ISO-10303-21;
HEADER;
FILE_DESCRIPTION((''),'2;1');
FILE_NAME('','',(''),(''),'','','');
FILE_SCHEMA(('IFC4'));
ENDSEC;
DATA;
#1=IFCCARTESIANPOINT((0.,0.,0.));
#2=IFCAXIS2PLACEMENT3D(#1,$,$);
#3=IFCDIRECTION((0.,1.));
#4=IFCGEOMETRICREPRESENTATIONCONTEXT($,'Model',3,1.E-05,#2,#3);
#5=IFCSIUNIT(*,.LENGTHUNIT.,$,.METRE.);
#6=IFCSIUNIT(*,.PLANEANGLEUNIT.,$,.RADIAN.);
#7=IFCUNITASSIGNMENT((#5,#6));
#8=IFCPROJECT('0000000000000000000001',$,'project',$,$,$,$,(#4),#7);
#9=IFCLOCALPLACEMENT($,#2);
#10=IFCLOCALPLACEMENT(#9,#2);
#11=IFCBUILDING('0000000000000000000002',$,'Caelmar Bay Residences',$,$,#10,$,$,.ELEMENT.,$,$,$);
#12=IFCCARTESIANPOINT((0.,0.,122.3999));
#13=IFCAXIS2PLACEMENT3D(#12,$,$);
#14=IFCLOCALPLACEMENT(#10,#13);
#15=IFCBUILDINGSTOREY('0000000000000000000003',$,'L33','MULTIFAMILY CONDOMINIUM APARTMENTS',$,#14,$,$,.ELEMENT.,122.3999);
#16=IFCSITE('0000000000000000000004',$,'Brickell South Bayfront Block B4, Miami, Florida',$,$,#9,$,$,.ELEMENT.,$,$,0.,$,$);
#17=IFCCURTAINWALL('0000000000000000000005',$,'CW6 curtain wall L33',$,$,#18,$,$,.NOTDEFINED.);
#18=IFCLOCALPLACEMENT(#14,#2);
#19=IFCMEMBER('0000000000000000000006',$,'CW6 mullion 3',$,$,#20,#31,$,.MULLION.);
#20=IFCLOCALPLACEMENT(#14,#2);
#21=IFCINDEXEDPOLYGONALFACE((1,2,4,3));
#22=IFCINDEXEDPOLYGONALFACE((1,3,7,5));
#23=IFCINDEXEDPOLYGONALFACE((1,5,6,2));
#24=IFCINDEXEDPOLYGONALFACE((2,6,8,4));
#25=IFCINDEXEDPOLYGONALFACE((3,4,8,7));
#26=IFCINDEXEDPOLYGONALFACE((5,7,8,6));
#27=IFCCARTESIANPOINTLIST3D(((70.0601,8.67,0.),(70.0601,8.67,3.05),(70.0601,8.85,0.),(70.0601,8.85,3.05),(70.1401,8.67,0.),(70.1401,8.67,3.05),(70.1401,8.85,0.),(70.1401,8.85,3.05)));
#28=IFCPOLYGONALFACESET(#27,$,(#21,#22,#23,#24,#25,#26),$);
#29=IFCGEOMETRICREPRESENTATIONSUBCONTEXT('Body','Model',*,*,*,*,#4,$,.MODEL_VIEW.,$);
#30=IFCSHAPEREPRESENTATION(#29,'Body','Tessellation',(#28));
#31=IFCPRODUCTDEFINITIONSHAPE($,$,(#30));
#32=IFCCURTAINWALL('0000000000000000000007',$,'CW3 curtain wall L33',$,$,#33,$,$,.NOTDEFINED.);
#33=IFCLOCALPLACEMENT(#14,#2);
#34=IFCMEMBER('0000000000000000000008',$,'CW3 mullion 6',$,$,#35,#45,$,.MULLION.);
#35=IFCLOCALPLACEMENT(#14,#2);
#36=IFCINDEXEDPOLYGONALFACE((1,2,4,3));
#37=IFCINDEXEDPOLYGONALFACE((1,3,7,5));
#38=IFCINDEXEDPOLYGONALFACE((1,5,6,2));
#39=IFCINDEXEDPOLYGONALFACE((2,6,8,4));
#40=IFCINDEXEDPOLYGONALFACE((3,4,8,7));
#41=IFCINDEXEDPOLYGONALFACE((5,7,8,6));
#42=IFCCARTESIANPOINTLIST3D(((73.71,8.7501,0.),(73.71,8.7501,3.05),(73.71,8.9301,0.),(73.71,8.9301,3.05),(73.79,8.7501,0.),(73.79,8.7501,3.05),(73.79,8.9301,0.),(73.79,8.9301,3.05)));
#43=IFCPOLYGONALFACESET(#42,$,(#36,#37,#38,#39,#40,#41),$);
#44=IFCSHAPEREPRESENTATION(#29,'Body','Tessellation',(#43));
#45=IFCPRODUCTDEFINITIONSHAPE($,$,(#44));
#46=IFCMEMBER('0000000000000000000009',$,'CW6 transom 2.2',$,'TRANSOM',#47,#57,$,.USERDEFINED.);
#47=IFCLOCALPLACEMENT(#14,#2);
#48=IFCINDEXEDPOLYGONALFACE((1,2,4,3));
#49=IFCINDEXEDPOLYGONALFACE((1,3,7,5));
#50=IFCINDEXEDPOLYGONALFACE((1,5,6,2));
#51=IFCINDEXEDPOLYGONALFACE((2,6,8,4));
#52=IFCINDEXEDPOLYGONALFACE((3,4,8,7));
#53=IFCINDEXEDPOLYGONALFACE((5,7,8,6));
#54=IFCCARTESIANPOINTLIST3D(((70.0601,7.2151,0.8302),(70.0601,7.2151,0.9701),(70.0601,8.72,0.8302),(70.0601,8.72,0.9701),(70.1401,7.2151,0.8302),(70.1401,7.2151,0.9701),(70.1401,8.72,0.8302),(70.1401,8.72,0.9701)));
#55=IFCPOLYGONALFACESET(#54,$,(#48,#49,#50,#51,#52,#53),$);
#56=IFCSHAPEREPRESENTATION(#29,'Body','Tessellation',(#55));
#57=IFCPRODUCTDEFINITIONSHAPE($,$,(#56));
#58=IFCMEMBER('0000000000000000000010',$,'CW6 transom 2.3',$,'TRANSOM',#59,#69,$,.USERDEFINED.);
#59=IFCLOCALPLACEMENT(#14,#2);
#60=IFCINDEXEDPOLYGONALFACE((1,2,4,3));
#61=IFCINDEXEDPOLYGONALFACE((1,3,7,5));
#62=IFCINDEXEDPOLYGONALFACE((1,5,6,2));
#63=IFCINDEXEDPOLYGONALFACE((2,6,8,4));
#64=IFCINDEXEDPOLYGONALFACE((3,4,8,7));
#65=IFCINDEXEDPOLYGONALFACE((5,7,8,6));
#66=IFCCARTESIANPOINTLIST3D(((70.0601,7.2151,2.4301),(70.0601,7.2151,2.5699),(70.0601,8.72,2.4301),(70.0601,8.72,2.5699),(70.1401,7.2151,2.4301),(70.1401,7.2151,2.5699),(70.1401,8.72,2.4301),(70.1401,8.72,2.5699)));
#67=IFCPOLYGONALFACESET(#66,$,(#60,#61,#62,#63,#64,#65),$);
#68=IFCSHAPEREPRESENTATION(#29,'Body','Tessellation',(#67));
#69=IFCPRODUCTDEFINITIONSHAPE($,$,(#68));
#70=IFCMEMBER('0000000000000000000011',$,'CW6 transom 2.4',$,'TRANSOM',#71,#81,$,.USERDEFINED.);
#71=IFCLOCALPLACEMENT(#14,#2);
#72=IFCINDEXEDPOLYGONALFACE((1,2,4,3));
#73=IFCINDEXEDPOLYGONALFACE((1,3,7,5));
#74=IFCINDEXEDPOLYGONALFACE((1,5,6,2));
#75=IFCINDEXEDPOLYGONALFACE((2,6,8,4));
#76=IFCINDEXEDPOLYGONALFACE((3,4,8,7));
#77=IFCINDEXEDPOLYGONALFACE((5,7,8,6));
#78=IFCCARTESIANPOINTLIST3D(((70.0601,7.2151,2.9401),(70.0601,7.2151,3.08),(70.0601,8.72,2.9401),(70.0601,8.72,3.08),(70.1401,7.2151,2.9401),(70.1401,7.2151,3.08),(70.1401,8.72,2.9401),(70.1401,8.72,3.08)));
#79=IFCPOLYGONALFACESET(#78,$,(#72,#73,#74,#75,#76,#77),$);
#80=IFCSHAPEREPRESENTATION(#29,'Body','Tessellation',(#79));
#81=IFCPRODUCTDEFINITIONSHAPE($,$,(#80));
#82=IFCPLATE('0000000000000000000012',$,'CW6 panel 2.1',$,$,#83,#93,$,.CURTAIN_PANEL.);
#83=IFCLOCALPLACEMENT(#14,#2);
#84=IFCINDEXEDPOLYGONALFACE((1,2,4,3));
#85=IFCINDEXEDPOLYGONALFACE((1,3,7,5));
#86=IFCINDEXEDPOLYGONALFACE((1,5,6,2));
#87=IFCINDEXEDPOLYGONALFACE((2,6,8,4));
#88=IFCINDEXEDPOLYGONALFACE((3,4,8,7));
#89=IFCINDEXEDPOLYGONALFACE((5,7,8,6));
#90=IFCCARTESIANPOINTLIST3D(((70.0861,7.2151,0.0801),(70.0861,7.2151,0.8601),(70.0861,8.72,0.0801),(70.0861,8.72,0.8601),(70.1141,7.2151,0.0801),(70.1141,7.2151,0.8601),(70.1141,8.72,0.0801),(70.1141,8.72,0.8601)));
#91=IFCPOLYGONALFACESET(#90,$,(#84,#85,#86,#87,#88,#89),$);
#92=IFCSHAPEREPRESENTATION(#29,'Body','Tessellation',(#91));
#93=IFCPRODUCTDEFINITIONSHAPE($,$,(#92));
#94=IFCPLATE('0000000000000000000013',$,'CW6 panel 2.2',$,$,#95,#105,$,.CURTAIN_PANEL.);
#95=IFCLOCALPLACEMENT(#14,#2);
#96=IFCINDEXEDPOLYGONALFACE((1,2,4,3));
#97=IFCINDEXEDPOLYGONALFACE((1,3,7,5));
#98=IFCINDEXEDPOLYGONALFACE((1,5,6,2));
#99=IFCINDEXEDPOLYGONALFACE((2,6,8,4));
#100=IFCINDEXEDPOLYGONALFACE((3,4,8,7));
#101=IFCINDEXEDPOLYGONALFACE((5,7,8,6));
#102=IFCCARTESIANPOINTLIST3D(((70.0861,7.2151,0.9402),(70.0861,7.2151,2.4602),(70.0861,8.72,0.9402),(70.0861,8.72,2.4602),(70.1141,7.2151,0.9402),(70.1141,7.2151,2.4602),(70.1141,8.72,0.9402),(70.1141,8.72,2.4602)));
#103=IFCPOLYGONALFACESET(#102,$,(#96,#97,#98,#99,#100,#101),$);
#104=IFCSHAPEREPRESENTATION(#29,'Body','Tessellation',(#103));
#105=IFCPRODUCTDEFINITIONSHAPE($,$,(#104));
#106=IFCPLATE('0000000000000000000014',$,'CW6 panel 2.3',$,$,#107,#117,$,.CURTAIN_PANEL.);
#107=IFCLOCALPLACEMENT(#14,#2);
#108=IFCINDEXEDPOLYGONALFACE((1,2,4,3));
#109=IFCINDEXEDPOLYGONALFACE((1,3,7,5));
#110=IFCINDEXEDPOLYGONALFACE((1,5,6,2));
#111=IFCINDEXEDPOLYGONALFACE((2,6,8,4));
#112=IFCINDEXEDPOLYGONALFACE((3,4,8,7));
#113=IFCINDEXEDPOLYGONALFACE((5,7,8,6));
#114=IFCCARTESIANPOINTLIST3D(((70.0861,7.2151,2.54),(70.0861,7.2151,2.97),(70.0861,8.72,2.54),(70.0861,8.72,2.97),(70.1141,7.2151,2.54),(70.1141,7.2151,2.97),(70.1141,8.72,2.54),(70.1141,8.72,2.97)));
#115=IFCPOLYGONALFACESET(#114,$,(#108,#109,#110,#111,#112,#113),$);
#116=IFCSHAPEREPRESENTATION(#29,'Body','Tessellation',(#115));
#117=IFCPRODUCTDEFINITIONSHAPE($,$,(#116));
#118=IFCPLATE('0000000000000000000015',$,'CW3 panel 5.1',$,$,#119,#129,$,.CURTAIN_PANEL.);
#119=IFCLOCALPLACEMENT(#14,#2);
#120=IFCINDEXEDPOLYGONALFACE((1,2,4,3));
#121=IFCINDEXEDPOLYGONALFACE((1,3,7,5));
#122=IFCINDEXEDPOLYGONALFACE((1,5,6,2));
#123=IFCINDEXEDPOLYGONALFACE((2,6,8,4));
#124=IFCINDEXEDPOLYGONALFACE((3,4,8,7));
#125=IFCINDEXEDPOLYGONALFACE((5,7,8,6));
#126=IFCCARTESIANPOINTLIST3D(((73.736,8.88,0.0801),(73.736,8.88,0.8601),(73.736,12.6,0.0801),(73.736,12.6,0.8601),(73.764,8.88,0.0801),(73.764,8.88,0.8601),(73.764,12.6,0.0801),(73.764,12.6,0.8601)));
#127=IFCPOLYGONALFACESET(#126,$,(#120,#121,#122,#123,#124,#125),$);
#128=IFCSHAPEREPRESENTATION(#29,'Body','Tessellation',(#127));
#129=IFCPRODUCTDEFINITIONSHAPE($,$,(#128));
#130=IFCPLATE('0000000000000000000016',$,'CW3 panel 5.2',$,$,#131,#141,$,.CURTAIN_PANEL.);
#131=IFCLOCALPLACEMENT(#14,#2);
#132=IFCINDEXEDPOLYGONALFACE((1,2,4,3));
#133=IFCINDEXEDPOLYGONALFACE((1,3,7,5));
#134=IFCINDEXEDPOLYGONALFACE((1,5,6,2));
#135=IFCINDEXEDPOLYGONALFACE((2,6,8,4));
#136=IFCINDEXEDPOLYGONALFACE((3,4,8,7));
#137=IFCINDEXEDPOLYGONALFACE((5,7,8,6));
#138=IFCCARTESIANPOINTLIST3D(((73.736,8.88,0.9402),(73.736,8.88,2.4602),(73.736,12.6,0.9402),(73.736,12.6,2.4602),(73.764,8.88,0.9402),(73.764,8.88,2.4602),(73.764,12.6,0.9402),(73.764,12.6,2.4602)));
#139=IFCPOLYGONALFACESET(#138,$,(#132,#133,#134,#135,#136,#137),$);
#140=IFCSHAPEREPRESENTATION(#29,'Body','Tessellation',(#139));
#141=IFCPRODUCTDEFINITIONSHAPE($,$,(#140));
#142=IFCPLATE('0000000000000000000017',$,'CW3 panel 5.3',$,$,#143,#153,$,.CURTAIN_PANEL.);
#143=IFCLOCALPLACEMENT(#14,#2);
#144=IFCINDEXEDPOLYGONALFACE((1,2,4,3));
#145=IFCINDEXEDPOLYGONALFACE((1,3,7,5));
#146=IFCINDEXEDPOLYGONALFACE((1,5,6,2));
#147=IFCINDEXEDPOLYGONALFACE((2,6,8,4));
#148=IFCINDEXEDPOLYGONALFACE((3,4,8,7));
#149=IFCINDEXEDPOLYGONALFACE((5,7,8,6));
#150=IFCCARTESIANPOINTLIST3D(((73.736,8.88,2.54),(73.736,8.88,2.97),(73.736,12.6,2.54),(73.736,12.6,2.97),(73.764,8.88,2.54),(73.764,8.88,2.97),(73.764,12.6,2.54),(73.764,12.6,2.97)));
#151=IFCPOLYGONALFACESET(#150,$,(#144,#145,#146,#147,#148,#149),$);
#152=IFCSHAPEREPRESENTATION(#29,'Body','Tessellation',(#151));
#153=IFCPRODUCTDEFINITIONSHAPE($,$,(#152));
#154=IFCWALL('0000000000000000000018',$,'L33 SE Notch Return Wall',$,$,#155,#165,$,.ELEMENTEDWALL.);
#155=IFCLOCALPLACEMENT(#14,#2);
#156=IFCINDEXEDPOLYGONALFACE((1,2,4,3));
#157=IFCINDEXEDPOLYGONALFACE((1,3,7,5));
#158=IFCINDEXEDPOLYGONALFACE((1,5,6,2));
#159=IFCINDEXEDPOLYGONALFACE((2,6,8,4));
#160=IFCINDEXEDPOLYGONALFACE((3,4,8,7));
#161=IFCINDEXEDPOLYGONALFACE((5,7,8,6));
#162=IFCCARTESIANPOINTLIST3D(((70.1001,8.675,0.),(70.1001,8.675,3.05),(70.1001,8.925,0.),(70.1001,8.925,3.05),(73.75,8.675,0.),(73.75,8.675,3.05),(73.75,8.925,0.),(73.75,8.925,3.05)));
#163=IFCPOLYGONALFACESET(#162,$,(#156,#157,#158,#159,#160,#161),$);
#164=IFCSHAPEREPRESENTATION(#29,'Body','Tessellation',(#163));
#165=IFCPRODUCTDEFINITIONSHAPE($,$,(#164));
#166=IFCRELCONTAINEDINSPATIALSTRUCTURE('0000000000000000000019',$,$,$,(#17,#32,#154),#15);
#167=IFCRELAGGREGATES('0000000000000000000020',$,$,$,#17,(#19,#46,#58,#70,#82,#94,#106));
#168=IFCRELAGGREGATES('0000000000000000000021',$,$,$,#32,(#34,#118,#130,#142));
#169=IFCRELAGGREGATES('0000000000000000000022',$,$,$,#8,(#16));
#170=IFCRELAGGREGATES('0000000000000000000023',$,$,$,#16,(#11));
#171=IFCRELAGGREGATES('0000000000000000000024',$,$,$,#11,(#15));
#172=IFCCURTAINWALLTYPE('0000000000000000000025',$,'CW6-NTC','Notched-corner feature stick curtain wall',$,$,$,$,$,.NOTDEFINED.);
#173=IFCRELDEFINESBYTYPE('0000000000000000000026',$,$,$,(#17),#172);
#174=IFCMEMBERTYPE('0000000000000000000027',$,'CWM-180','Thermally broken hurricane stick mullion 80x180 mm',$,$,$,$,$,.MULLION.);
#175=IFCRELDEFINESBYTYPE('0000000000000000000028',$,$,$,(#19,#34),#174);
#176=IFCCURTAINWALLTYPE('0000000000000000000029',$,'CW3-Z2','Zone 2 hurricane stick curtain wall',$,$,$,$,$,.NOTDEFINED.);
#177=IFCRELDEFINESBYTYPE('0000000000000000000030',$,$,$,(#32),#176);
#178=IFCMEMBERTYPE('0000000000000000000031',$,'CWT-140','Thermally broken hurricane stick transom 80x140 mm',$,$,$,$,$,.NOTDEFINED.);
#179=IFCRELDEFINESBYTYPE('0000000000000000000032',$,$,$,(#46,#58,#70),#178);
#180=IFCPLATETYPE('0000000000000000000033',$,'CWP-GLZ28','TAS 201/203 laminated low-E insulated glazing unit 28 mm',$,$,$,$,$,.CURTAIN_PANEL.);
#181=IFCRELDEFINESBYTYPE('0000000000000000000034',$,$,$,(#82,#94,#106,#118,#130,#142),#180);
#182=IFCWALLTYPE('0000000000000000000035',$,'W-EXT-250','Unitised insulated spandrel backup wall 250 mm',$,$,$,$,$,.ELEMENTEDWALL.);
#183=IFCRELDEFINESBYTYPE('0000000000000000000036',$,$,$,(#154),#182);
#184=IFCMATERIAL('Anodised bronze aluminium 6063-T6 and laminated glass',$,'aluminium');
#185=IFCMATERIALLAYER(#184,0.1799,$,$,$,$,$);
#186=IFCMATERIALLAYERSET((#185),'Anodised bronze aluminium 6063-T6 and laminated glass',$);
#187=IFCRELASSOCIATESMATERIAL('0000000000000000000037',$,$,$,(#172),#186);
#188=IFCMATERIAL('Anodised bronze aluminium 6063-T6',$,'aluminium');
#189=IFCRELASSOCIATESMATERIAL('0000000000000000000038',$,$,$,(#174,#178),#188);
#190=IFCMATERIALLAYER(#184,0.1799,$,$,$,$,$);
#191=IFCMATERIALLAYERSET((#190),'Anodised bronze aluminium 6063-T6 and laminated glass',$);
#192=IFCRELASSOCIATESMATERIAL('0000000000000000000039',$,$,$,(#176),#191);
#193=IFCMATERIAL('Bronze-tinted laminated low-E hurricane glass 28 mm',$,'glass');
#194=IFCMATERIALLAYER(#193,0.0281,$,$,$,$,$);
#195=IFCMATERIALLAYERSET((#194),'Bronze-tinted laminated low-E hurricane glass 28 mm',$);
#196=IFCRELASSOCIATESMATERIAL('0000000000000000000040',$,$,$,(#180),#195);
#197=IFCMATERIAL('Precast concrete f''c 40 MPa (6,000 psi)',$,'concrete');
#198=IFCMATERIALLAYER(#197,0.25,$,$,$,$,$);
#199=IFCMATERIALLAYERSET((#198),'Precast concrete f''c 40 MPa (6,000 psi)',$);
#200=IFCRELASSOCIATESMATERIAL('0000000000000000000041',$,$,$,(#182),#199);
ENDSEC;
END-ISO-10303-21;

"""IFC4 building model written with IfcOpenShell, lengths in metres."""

from ifc_helpers import new_model, si_unit, direction, frame, frame_2d, origin, origin_2d, place, context, subcontext, project, spatial, rectangle, extrude, material, layer, layer_set, material_profile, profile_set, type_object, element, aggregate, save


model = new_model("IFC4")

# Units and contexts
model_context = context("Model", 3, precision=1e-05, world=origin(), true_north=direction((0.0, 1.0)))
body_context = subcontext(model_context, "Body", "Model", "MODEL_VIEW")
ifc_project = project(units=[si_unit("LENGTHUNIT", "METRE"), si_unit("PLANEANGLEUNIT", "RADIAN")], contexts=[model_context])

# Site, building, storey
site_placement = place(None, origin())
site = spatial("IfcSite", under=ifc_project, at=site_placement, Name="Brickell South Bayfront Block B4, Miami, Florida", CompositionType="ELEMENT", RefElevation=0.0)
building_placement = place(site_placement, origin())
building = spatial("IfcBuilding", under=site, at=building_placement, Name="Caelmar Bay Residences", CompositionType="ELEMENT")
storey_placement = place(building_placement, frame((0.0, 0.0, 122.3999)))
storey = spatial("IfcBuildingStorey", under=building, at=storey_placement, Name="L33", Description="MULTIFAMILY CONDOMINIUM APARTMENTS", CompositionType="ELEMENT", Elevation=122.3999)

# Curtain walls, members
ifc_material_1 = material(Name="Anodised bronze aluminium 6063-T6 and laminated glass", Category="aluminium")
ifc_layer_1 = layer(ifc_material_1, 0.1799)
ifc_layer_set_1 = layer_set([ifc_layer_1], Name="Anodised bronze aluminium 6063-T6 and laminated glass")
curtain_wall_type_1 = type_object("IfcCurtainWallType", Name="CW6-NTC", Description="Notched-corner feature stick curtain wall", PredefinedType="NOTDEFINED", material=ifc_layer_set_1)
curtain_wall_1_placement = place(storey_placement, origin())
curtain_wall_1 = element("IfcCurtainWall", 1, at=curtain_wall_1_placement, inside=storey, type_object=curtain_wall_type_1, Name="CW6 curtain wall L33", PredefinedType="NOTDEFINED")
ifc_material_2 = material(Name="Anodised bronze aluminium 6063-T6", Category="aluminium")
ifc_material_profile_1 = material_profile(ifc_material_2, rectangle(XDim=0.0801, YDim=0.1799, at=origin_2d()), Name="CWM-80X180")
ifc_profile_set_1 = profile_set([ifc_material_profile_1], Name="Anodised bronze aluminium 6063-T6")
member_type_1 = type_object("IfcMemberType", Name="CWM-180", Description="Thermally broken hurricane stick mullion 80x180 mm", PredefinedType="MULLION", material=ifc_profile_set_1)
member_1_placement = place(storey_placement, frame((70.1001, 8.76, 0.0), z_axis=(0.0, 0.0, 1.0), x_axis=(-1.0, 0.0, 0.0)))
member_1 = element("IfcMember", 2, at=member_1_placement, type_object=member_type_1, Name="CW6 mullion 3", PredefinedType="MULLION", context=body_context, shape_type="SweptSolid", body=[
    extrude(rectangle(XDim=0.0801, YDim=0.1799, at=origin_2d()), origin(), (0.0, 0.0, 1.0), 3.05),
])
ifc_layer_2 = layer(ifc_material_1, 0.1799)
ifc_layer_set_2 = layer_set([ifc_layer_2], Name="Anodised bronze aluminium 6063-T6 and laminated glass")
curtain_wall_type_2 = type_object("IfcCurtainWallType", Name="CW3-Z2", Description="Zone 2 hurricane stick curtain wall", PredefinedType="NOTDEFINED", material=ifc_layer_set_2)
curtain_wall_2_placement = place(storey_placement, origin())
curtain_wall_2 = element("IfcCurtainWall", 3, at=curtain_wall_2_placement, inside=storey, type_object=curtain_wall_type_2, Name="CW3 curtain wall L33", PredefinedType="NOTDEFINED")
member_2_placement = place(storey_placement, frame((73.75, 8.8401, 0.0), z_axis=(0.0, 0.0, 1.0), x_axis=(1.0, 0.0, 0.0)))
member_2 = element("IfcMember", 4, at=member_2_placement, type_object=member_type_1, Name="CW3 mullion 6", PredefinedType="MULLION", context=body_context, shape_type="SweptSolid", body=[
    extrude(rectangle(XDim=0.0801, YDim=0.1799, at=origin_2d()), origin(), (0.0, 0.0, 1.0), 3.05),
])

# Members
ifc_material_profile_2 = material_profile(ifc_material_2, rectangle(XDim=0.0801, YDim=0.1399, at=origin_2d()), Name="CWT-80X140")
ifc_profile_set_2 = profile_set([ifc_material_profile_2], Name="Anodised bronze aluminium 6063-T6")
member_type_2 = type_object("IfcMemberType", Name="CWT-140", Description="Thermally broken hurricane stick transom 80x140 mm", PredefinedType="NOTDEFINED", material=ifc_profile_set_2)
member_3_placement = place(storey_placement, frame((70.1001, 7.2151, 0.9001), z_axis=(0.0, 1.0, 0.0), x_axis=(-1.0, 0.0, 0.0)))
member_3 = element("IfcMember", 5, at=member_3_placement, type_object=member_type_2, Name="CW6 transom 2.2", ObjectType="TRANSOM", PredefinedType="USERDEFINED", context=body_context, shape_type="SweptSolid", body=[
    extrude(rectangle(XDim=0.0801, YDim=0.1399, at=origin_2d()), origin(), (0.0, 0.0, 1.0), 1.5049),
])
member_4_placement = place(storey_placement, frame((70.1001, 7.2151, 2.5), z_axis=(0.0, 1.0, 0.0), x_axis=(-1.0, 0.0, 0.0)))
member_4 = element("IfcMember", 6, at=member_4_placement, type_object=member_type_2, Name="CW6 transom 2.3", ObjectType="TRANSOM", PredefinedType="USERDEFINED", context=body_context, shape_type="SweptSolid", body=[
    extrude(rectangle(XDim=0.0801, YDim=0.1399, at=origin_2d()), origin(), (0.0, 0.0, 1.0), 1.5049),
])
member_5_placement = place(storey_placement, frame((70.1001, 7.2151, 3.01), z_axis=(0.0, 1.0, 0.0), x_axis=(-1.0, 0.0, 0.0)))
member_5 = element("IfcMember", 7, at=member_5_placement, type_object=member_type_2, Name="CW6 transom 2.4", ObjectType="TRANSOM", PredefinedType="USERDEFINED", context=body_context, shape_type="SweptSolid", body=[
    extrude(rectangle(XDim=0.0801, YDim=0.1399, at=origin_2d()), origin(), (0.0, 0.0, 1.0), 1.5049),
])

# Plates
ifc_material_3 = material(Name="Bronze-tinted laminated low-E hurricane glass 28 mm", Category="glass")
ifc_layer_3 = layer(ifc_material_3, 0.0281)
ifc_layer_set_3 = layer_set([ifc_layer_3], Name="Bronze-tinted laminated low-E hurricane glass 28 mm")
plate_type = type_object("IfcPlateType", Name="CWP-GLZ28", Description="TAS 201/203 laminated low-E insulated glazing unit 28 mm", PredefinedType="CURTAIN_PANEL", material=ifc_layer_set_3)
plate_1_placement = place(storey_placement, frame((70.1001, 7.9675, 0.0801), z_axis=(0.0, 0.0, 1.0), x_axis=(0.0, 1.0, 0.0)))
plate_1 = element("IfcPlate", 8, at=plate_1_placement, type_object=plate_type, Name="CW6 panel 2.1", PredefinedType="CURTAIN_PANEL", context=body_context, shape_type="SweptSolid", body=[
    extrude(rectangle(XDim=1.5049, YDim=0.0281, at=origin_2d()), origin(), (0.0, 0.0, 1.0), 0.78),
])
plate_2_placement = place(storey_placement, frame((70.1001, 7.9675, 0.9402), z_axis=(0.0, 0.0, 1.0), x_axis=(0.0, 1.0, 0.0)))
plate_2 = element("IfcPlate", 9, at=plate_2_placement, type_object=plate_type, Name="CW6 panel 2.2", PredefinedType="CURTAIN_PANEL", context=body_context, shape_type="SweptSolid", body=[
    extrude(rectangle(XDim=1.5049, YDim=0.0281, at=origin_2d()), origin(), (0.0, 0.0, 1.0), 1.52),
])
plate_3_placement = place(storey_placement, frame((70.1001, 7.9675, 2.54), z_axis=(0.0, 0.0, 1.0), x_axis=(0.0, 1.0, 0.0)))
plate_3 = element("IfcPlate", 10, at=plate_3_placement, type_object=plate_type, Name="CW6 panel 2.3", PredefinedType="CURTAIN_PANEL", context=body_context, shape_type="SweptSolid", body=[
    extrude(rectangle(XDim=1.5049, YDim=0.0281, at=origin_2d()), origin(), (0.0, 0.0, 1.0), 0.4299),
])
aggregate(curtain_wall_1, [member_1, member_3, member_4, member_5, plate_1, plate_2, plate_3])
plate_4_placement = place(storey_placement, frame((73.75, 10.74, 0.0801), z_axis=(0.0, 0.0, 1.0), x_axis=(0.0, -1.0, 0.0)))
plate_4 = element("IfcPlate", 11, at=plate_4_placement, type_object=plate_type, Name="CW3 panel 5.1", PredefinedType="CURTAIN_PANEL", context=body_context, shape_type="SweptSolid", body=[
    extrude(rectangle(XDim=3.72, YDim=0.0281, at=origin_2d()), origin(), (0.0, 0.0, 1.0), 0.78),
])
plate_5_placement = place(storey_placement, frame((73.75, 10.74, 0.9402), z_axis=(0.0, 0.0, 1.0), x_axis=(0.0, -1.0, 0.0)))
plate_5 = element("IfcPlate", 12, at=plate_5_placement, type_object=plate_type, Name="CW3 panel 5.2", PredefinedType="CURTAIN_PANEL", context=body_context, shape_type="SweptSolid", body=[
    extrude(rectangle(XDim=3.72, YDim=0.0281, at=origin_2d()), origin(), (0.0, 0.0, 1.0), 1.52),
])
plate_6_placement = place(storey_placement, frame((73.75, 10.74, 2.54), z_axis=(0.0, 0.0, 1.0), x_axis=(0.0, -1.0, 0.0)))
plate_6 = element("IfcPlate", 13, at=plate_6_placement, type_object=plate_type, Name="CW3 panel 5.3", PredefinedType="CURTAIN_PANEL", context=body_context, shape_type="SweptSolid", body=[
    extrude(rectangle(XDim=3.72, YDim=0.0281, at=origin_2d()), origin(), (0.0, 0.0, 1.0), 0.4299),
])
aggregate(curtain_wall_2, [member_2, plate_4, plate_5, plate_6])

# Wall
ifc_material_4 = material(Name="Precast concrete f'c 40 MPa (6,000 psi)", Category="concrete")
ifc_layer_4 = layer(ifc_material_4, 0.25)
ifc_layer_set_4 = layer_set([ifc_layer_4], Name="Precast concrete f'c 40 MPa (6,000 psi)")
wall_type_1 = type_object("IfcWallType", Name="W-EXT-250", Description="Unitised insulated spandrel backup wall 250 mm", PredefinedType="ELEMENTEDWALL", material=ifc_layer_set_4)
wall_1_placement = place(storey_placement, frame((70.1001, 8.8, 0.0), z_axis=(0.0, 0.0, 1.0), x_axis=(1.0, 0.0, 0.0)))
element("IfcWall", 14, at=wall_1_placement, inside=storey, type_object=wall_type_1, Name="L33 SE Notch Return Wall", PredefinedType="ELEMENTEDWALL", context=body_context, shape_type="SweptSolid", body=[
    extrude(rectangle(XDim=3.6499, YDim=0.25, at=frame_2d((1.825, 0.0))), origin(), (0.0, 0.0, 1.0), 3.05),
])

save(model, "model.ifc")
